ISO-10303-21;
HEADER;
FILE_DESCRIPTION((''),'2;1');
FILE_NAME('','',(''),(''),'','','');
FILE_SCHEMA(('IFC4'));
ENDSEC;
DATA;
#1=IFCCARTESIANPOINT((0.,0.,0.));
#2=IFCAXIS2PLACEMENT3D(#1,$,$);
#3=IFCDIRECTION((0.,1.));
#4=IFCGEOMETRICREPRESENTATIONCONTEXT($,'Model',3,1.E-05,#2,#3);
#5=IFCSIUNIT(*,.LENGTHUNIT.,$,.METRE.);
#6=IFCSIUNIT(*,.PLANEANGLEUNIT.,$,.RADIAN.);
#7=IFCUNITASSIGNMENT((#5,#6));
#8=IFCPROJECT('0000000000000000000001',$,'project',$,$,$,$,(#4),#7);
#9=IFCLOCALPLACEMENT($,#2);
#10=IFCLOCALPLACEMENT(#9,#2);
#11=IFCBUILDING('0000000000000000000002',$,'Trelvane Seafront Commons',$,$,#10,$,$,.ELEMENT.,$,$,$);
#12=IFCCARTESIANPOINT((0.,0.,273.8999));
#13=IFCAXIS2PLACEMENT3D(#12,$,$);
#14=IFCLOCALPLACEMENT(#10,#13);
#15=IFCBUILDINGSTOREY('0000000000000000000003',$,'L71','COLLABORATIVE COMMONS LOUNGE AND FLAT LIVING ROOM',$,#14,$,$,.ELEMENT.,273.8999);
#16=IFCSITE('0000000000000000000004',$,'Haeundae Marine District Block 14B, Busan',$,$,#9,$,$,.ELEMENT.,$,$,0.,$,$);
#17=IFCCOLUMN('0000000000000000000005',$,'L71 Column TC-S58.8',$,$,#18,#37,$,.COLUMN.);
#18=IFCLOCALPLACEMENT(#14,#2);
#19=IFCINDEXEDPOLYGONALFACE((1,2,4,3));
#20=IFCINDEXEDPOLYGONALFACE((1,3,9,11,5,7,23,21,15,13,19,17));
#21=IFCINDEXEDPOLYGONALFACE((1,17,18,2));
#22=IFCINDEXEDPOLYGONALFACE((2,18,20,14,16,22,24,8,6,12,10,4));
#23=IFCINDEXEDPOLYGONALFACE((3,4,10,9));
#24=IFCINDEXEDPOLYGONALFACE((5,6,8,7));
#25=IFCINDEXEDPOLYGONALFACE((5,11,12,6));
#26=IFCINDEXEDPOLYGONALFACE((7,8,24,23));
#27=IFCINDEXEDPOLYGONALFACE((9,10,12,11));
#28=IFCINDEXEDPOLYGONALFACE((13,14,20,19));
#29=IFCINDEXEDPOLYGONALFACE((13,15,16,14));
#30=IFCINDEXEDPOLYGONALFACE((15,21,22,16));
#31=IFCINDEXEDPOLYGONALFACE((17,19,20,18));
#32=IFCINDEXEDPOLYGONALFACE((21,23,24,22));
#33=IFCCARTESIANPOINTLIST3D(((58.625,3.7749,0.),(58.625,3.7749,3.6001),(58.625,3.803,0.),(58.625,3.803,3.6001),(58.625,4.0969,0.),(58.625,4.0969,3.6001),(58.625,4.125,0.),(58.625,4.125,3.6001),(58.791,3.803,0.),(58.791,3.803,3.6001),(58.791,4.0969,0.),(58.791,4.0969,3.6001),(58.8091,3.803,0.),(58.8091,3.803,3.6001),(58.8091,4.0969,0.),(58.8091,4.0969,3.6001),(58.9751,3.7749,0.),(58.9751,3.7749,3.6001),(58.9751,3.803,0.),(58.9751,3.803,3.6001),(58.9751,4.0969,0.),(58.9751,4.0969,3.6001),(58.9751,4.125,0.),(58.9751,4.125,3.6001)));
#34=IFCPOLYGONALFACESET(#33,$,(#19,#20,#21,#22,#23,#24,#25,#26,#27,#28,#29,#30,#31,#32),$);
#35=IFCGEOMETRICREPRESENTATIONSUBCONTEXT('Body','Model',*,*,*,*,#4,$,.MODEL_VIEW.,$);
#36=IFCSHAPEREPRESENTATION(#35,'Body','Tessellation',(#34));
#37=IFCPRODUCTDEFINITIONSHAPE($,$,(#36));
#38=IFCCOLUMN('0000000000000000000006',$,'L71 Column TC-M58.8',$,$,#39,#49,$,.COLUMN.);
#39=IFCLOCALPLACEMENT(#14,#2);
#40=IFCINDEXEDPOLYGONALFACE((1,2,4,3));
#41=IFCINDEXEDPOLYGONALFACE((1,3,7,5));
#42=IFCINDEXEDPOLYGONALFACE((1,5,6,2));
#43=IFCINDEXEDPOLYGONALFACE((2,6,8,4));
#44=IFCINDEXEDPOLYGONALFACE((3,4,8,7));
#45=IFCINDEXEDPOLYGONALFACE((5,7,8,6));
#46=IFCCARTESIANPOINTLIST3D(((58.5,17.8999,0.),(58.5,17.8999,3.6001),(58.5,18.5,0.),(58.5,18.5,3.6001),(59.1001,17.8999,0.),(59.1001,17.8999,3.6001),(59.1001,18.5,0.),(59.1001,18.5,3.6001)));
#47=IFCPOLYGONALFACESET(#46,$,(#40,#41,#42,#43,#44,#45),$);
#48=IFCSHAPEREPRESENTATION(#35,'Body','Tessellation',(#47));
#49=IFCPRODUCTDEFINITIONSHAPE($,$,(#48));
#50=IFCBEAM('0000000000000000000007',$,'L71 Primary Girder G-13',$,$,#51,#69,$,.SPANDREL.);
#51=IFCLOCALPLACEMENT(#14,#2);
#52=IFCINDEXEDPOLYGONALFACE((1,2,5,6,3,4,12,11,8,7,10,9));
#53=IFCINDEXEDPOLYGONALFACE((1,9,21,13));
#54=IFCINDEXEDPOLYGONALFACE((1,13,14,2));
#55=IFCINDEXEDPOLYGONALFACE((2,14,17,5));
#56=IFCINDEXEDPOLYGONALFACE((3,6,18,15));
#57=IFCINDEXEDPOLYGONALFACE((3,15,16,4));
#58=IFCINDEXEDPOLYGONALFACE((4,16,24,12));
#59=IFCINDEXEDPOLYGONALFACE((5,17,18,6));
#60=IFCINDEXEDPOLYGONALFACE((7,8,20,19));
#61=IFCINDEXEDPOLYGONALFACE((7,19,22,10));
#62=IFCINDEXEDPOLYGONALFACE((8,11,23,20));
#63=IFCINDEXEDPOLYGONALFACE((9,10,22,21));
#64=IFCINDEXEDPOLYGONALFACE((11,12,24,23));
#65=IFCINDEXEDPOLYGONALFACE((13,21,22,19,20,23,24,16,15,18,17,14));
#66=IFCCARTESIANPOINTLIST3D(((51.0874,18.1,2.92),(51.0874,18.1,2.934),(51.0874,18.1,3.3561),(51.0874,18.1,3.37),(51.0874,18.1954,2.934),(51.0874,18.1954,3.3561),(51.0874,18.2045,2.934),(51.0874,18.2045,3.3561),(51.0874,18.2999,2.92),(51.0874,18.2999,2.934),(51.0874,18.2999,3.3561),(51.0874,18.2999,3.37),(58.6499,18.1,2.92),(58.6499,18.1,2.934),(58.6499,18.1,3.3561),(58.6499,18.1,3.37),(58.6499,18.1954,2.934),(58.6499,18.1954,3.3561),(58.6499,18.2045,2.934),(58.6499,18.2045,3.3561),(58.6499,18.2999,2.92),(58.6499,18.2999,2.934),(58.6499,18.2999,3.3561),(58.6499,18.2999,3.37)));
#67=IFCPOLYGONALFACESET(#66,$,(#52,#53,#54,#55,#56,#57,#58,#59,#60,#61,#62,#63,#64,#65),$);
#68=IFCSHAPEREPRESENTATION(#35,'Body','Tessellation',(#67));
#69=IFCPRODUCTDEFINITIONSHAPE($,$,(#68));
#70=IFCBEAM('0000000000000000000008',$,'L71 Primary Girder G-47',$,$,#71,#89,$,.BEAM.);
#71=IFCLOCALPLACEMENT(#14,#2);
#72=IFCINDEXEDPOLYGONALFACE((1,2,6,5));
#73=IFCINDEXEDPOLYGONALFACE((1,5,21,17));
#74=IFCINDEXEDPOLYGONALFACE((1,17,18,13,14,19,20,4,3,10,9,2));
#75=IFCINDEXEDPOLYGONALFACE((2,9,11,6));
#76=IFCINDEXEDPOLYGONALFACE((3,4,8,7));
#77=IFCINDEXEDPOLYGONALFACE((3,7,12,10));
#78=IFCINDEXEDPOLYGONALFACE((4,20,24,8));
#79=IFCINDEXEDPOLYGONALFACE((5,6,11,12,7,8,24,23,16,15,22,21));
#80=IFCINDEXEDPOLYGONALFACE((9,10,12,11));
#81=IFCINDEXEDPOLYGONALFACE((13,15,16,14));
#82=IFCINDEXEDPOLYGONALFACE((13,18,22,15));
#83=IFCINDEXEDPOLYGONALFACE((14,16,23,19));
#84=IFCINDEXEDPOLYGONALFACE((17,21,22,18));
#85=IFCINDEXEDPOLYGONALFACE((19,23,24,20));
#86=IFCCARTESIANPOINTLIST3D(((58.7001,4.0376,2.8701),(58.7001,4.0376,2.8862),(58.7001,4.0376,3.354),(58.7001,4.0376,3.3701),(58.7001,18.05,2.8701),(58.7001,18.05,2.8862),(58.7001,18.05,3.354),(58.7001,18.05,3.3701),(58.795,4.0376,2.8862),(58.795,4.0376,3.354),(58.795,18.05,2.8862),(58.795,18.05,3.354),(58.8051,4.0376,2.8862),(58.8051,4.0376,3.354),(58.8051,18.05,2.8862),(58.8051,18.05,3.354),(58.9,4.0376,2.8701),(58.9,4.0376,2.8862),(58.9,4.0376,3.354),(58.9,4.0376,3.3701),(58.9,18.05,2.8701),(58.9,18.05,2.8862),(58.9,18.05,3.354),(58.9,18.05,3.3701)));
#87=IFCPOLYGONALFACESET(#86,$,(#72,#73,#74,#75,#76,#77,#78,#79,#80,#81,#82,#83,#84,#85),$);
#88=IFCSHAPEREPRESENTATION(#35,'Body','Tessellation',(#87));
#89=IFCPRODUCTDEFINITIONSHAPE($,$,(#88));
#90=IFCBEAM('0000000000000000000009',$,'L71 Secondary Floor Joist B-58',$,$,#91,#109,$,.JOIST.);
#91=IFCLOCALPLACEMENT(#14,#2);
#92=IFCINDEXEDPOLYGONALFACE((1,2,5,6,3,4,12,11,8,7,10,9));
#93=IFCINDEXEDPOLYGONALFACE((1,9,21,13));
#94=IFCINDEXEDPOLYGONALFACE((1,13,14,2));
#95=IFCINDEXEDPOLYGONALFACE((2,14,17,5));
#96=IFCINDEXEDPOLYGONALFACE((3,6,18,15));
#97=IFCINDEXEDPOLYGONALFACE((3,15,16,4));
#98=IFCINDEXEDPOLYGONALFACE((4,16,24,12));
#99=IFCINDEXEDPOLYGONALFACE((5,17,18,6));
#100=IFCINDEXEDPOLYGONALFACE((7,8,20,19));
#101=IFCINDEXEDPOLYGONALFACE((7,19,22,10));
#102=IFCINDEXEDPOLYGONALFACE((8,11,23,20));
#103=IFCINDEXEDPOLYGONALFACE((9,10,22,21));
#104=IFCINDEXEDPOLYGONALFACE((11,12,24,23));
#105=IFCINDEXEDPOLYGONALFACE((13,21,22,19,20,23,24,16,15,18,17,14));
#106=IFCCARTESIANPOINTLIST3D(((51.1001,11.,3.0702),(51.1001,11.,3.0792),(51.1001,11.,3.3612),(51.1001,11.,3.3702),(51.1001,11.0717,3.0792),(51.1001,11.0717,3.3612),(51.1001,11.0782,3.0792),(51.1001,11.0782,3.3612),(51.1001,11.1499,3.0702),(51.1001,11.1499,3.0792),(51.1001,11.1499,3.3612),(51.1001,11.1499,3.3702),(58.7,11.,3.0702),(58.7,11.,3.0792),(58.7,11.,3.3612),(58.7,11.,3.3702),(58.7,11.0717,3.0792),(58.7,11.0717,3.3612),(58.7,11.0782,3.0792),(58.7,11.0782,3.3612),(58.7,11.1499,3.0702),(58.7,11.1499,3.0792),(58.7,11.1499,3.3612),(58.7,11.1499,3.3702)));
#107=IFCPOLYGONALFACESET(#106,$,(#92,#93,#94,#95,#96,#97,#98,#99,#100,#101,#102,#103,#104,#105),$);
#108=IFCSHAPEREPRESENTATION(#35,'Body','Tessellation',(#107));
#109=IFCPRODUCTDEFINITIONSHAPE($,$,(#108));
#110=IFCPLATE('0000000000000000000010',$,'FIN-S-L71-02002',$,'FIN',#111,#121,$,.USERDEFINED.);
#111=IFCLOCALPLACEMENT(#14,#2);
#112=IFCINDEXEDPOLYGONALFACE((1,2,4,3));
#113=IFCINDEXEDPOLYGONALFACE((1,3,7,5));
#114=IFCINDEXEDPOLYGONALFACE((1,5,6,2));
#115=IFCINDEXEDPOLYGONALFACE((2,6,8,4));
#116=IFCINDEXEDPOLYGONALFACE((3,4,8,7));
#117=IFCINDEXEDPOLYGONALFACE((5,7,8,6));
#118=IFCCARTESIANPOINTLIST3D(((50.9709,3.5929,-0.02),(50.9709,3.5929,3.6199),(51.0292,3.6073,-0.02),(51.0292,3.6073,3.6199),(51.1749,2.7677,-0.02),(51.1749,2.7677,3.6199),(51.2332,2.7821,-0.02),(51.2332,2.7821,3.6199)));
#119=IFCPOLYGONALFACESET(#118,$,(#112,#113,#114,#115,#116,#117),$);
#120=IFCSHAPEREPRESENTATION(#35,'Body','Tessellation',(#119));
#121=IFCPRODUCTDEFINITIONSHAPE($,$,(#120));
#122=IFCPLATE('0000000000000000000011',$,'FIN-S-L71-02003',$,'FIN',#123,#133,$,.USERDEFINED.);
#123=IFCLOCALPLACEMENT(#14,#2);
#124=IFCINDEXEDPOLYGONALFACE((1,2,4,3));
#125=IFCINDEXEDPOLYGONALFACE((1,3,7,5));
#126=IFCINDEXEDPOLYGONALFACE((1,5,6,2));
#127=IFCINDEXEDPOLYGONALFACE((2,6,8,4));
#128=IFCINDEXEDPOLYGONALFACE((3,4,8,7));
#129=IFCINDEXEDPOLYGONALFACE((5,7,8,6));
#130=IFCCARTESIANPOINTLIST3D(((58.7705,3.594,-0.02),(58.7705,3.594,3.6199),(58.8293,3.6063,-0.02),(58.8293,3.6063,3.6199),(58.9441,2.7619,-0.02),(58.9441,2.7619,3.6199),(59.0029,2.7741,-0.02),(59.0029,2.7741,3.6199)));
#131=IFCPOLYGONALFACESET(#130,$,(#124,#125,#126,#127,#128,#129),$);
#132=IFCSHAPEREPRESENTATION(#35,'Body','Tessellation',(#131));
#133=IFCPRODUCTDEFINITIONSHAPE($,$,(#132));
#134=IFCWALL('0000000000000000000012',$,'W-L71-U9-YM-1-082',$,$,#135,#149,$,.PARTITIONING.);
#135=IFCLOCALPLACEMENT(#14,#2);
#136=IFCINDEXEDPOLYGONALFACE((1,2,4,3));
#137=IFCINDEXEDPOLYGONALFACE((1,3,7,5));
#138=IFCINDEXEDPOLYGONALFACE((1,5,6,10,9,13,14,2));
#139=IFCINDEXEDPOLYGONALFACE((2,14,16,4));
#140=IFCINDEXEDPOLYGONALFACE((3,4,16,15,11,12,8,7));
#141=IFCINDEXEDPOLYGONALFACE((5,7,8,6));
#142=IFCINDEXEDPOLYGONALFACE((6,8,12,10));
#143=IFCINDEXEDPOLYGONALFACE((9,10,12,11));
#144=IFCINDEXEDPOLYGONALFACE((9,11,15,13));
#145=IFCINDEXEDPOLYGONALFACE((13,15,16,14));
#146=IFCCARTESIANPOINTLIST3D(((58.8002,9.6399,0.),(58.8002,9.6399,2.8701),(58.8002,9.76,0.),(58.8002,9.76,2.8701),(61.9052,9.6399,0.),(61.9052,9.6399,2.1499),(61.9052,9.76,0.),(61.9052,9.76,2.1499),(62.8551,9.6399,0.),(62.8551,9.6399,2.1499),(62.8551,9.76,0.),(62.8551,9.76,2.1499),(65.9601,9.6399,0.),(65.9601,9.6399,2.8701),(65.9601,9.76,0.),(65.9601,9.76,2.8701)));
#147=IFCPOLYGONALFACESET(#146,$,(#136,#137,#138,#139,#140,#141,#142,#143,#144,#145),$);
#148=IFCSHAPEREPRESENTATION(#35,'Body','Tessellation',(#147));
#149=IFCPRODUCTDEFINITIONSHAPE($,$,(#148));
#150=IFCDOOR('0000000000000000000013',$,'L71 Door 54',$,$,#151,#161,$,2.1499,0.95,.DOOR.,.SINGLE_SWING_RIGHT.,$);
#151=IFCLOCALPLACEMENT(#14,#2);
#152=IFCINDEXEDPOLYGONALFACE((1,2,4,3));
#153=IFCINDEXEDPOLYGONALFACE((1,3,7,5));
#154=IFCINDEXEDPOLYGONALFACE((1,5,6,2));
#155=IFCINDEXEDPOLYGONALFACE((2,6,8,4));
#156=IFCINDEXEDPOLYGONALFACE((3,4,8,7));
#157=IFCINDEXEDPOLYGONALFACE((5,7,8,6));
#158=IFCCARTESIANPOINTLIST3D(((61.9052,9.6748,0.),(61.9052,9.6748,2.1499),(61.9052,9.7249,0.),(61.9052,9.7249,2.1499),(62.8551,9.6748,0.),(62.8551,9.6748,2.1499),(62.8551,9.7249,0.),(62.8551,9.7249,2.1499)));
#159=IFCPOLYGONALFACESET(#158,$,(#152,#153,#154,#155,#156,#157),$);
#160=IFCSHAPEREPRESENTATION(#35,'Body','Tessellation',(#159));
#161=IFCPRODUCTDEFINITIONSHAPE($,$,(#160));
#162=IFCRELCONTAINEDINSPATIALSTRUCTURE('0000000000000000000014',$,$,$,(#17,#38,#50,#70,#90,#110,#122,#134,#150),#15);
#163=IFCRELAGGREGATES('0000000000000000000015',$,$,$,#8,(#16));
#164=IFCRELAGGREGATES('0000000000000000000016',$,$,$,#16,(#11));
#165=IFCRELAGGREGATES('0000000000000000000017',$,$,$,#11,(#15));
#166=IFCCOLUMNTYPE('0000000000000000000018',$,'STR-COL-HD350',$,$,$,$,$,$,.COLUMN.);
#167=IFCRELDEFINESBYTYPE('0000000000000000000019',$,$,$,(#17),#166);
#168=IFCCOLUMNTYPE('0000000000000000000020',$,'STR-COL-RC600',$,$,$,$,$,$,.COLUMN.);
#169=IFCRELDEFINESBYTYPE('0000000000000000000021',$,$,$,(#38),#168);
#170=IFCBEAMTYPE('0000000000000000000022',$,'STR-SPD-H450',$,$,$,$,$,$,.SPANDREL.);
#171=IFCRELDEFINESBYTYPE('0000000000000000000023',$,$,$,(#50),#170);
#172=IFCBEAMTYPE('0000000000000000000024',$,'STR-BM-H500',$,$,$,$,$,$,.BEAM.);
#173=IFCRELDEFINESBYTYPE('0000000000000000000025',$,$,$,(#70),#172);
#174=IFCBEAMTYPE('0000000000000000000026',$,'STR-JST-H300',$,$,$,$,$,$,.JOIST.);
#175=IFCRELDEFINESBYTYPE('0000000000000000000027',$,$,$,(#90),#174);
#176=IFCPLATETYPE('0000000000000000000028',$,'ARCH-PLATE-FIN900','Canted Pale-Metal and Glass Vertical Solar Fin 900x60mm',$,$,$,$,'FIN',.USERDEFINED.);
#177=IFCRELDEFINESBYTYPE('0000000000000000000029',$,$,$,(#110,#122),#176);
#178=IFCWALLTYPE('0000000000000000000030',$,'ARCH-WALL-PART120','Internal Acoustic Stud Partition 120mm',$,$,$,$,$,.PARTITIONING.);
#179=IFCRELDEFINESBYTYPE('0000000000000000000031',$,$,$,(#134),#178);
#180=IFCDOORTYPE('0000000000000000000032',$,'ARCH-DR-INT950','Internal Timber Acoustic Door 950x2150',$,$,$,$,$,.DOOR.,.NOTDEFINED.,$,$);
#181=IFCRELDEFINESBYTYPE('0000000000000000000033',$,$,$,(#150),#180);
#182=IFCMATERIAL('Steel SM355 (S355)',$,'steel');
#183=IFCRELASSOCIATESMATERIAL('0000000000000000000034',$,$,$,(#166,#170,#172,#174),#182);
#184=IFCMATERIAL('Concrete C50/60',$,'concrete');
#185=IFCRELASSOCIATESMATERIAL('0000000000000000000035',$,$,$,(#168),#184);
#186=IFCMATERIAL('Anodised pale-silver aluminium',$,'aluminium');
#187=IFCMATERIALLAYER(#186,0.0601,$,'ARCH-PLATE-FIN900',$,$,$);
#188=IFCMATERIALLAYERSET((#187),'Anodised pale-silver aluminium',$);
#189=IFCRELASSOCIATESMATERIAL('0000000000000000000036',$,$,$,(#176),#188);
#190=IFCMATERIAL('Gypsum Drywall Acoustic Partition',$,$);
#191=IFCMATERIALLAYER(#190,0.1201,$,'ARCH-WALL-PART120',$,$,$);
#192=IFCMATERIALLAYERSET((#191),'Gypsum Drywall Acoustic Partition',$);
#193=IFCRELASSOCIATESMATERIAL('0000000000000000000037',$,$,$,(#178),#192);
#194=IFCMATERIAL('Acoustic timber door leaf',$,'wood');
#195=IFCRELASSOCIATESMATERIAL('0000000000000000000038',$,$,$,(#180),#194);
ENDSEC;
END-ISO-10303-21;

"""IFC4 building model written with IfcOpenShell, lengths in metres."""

from ifc_helpers import new_model, si_unit, direction, frame, frame_2d, origin, origin_2d, place, context, subcontext, project, spatial, rectangle, i_section, extrude, source, transform, mapped, material, layer, layer_set, material_profile, profile_set, type_object, element, fill, save


model = new_model("IFC4")

# Units and contexts
model_context = context("Model", 3, precision=1e-05, world=origin(), true_north=direction((0.0, 1.0)))
body_context = subcontext(model_context, "Body", "Model", "MODEL_VIEW")
ifc_project = project(units=[si_unit("LENGTHUNIT", "METRE"), si_unit("PLANEANGLEUNIT", "RADIAN")], contexts=[model_context])

# Site, building, storey
site_placement = place(None, origin())
site = spatial("IfcSite", under=ifc_project, at=site_placement, Name="Haeundae Marine District Block 14B, Busan", CompositionType="ELEMENT", RefElevation=0.0)
building_placement = place(site_placement, origin())
building = spatial("IfcBuilding", under=site, at=building_placement, Name="Trelvane Seafront Commons", CompositionType="ELEMENT")
storey_placement = place(building_placement, frame((0.0, 0.0, 273.8999)))
storey = spatial("IfcBuildingStorey", under=building, at=storey_placement, Name="L71", Description="COLLABORATIVE COMMONS LOUNGE AND FLAT LIVING ROOM", CompositionType="ELEMENT", Elevation=273.8999)

# Columns
ifc_material_1 = material(Name="Steel SM355 (S355)", Category="steel")
ifc_material_profile_1 = material_profile(ifc_material_1, i_section(OverallWidth=0.3501, OverallDepth=0.3501, WebThickness=0.0181, FlangeThickness=0.0281, at=origin_2d()), Name="HD-350x350x18x28")
ifc_profile_set_1 = profile_set([ifc_material_profile_1], Name="Steel SM355 (S355)")
column_type_1 = type_object("IfcColumnType", Name="STR-COL-HD350", PredefinedType="COLUMN", material=ifc_profile_set_1)
shared_shape_1 = source(origin(), body_context, "Body", "SweptSolid", [
    extrude(i_section(OverallWidth=0.3501, OverallDepth=0.3501, WebThickness=0.0181, FlangeThickness=0.0281, at=origin_2d()), origin(), (0.0, 0.0, 1.0), 3.6001),
])
column_1_placement = place(storey_placement, frame((58.8, 3.95, 0.0), z_axis=(0.0, 0.0, 1.0), x_axis=(1.0, 0.0, 0.0)))
element("IfcColumn", 1, at=column_1_placement, inside=storey, type_object=column_type_1, Name="L71 Column TC-S58.8", PredefinedType="COLUMN", context=body_context, shape_type="MappedRepresentation", body=[
    mapped(shared_shape_1, transform((0.0, 0.0, 0.0), x_axis=(1.0, 0.0, 0.0), y_axis=(0.0, 1.0, 0.0), z_axis=(0.0, 0.0, 1.0), scale=1.0)),
])
ifc_material_2 = material(Name="Concrete C50/60", Category="concrete")
ifc_material_profile_2 = material_profile(ifc_material_2, rectangle(XDim=0.6001, YDim=0.6001, at=origin_2d()), Name="RC-600x600")
ifc_profile_set_2 = profile_set([ifc_material_profile_2], Name="Concrete C50/60")
column_type_2 = type_object("IfcColumnType", Name="STR-COL-RC600", PredefinedType="COLUMN", material=ifc_profile_set_2)
shared_shape_2 = source(origin(), body_context, "Body", "SweptSolid", [
    extrude(rectangle(XDim=0.6001, YDim=0.6001, at=origin_2d()), origin(), (0.0, 0.0, 1.0), 3.6001),
])
column_2_placement = place(storey_placement, frame((58.8, 18.2, 0.0), z_axis=(0.0, 0.0, 1.0), x_axis=(1.0, 0.0, 0.0)))
element("IfcColumn", 2, at=column_2_placement, inside=storey, type_object=column_type_2, Name="L71 Column TC-M58.8", PredefinedType="COLUMN", context=body_context, shape_type="MappedRepresentation", body=[
    mapped(shared_shape_2, transform((0.0, 0.0, 0.0), x_axis=(1.0, 0.0, 0.0), y_axis=(0.0, 1.0, 0.0), z_axis=(0.0, 0.0, 1.0), scale=1.0)),
])

# Beams
ifc_material_profile_3 = material_profile(ifc_material_1, i_section(OverallWidth=0.2, OverallDepth=0.45, WebThickness=0.009, FlangeThickness=0.0139, at=origin_2d()), Name="H-450x200x9x14")
ifc_profile_set_3 = profile_set([ifc_material_profile_3], Name="Steel SM355 (S355)")
beam_type_1 = type_object("IfcBeamType", Name="STR-SPD-H450", PredefinedType="SPANDREL", material=ifc_profile_set_3)
shared_shape_3 = source(origin(), body_context, "Body", "SweptSolid", [
    extrude(i_section(OverallWidth=0.2, OverallDepth=0.45, WebThickness=0.009, FlangeThickness=0.0139, at=origin_2d()), origin(), (0.0, 0.0, 1.0), 7.5625),
])
beam_1_placement = place(storey_placement, frame((51.0874, 18.2, 3.145), z_axis=(1.0, 0.0, 0.0), x_axis=(0.0, 1.0, 0.0)))
element("IfcBeam", 3, at=beam_1_placement, inside=storey, type_object=beam_type_1, Name="L71 Primary Girder G-13", PredefinedType="SPANDREL", context=body_context, shape_type="MappedRepresentation", body=[
    mapped(shared_shape_3, transform((0.0, 0.0, 0.0), x_axis=(1.0, 0.0, 0.0), y_axis=(0.0, 1.0, 0.0), z_axis=(0.0, 0.0, 1.0), scale=1.0)),
])
ifc_material_profile_4 = material_profile(ifc_material_1, i_section(OverallWidth=0.2, OverallDepth=0.5, WebThickness=0.01, FlangeThickness=0.0161, at=origin_2d()), Name="H-500x200x10x16")
ifc_profile_set_4 = profile_set([ifc_material_profile_4], Name="Steel SM355 (S355)")
beam_type_2 = type_object("IfcBeamType", Name="STR-BM-H500", PredefinedType="BEAM", material=ifc_profile_set_4)
shared_shape_4 = source(origin(), body_context, "Body", "SweptSolid", [
    extrude(i_section(OverallWidth=0.2, OverallDepth=0.5, WebThickness=0.01, FlangeThickness=0.0161, at=origin_2d()), origin(), (0.0, 0.0, 1.0), 14.0125),
])
beam_2_placement = place(storey_placement, frame((58.8, 4.0376, 3.1201), z_axis=(0.0, 1.0, 0.0), x_axis=(-1.0, 0.0, 0.0)))
element("IfcBeam", 4, at=beam_2_placement, inside=storey, type_object=beam_type_2, Name="L71 Primary Girder G-47", PredefinedType="BEAM", context=body_context, shape_type="MappedRepresentation", body=[
    mapped(shared_shape_4, transform((0.0, 0.0, 0.0), x_axis=(1.0, 0.0, 0.0), y_axis=(0.0, 1.0, 0.0), z_axis=(0.0, 0.0, 1.0), scale=1.0)),
])
ifc_material_profile_5 = material_profile(ifc_material_1, i_section(OverallWidth=0.1499, OverallDepth=0.3, WebThickness=0.0066, FlangeThickness=0.009, at=origin_2d()), Name="H-300x150x6.5x9")
ifc_profile_set_5 = profile_set([ifc_material_profile_5], Name="Steel SM355 (S355)")
beam_type_3 = type_object("IfcBeamType", Name="STR-JST-H300", PredefinedType="JOIST", material=ifc_profile_set_5)
shared_shape_5 = source(origin(), body_context, "Body", "SweptSolid", [
    extrude(i_section(OverallWidth=0.1499, OverallDepth=0.3, WebThickness=0.0066, FlangeThickness=0.009, at=origin_2d()), origin(), (0.0, 0.0, 1.0), 7.5999),
])
beam_3_placement = place(storey_placement, frame((51.1001, 11.075, 3.2202), z_axis=(1.0, 0.0, 0.0), x_axis=(0.0, 1.0, 0.0)))
element("IfcBeam", 5, at=beam_3_placement, inside=storey, type_object=beam_type_3, Name="L71 Secondary Floor Joist B-58", PredefinedType="JOIST", context=body_context, shape_type="MappedRepresentation", body=[
    mapped(shared_shape_5, transform((0.0, 0.0, 0.0), x_axis=(1.0, 0.0, 0.0), y_axis=(0.0, 1.0, 0.0), z_axis=(0.0, 0.0, 1.0), scale=1.0)),
])

# Plates
ifc_material_3 = material(Name="Anodised pale-silver aluminium", Category="aluminium")
ifc_layer_1 = layer(ifc_material_3, 0.0601, Name="ARCH-PLATE-FIN900")
ifc_layer_set_1 = layer_set([ifc_layer_1], Name="Anodised pale-silver aluminium")
plate_type = type_object("IfcPlateType", Name="ARCH-PLATE-FIN900", Description="Canted Pale-Metal and Glass Vertical Solar Fin 900x60mm", ElementType="FIN", PredefinedType="USERDEFINED", material=ifc_layer_set_1)
shared_shape_6 = source(origin(), body_context, "Body", "SweptSolid", [
    extrude(rectangle(XDim=0.8501, YDim=0.0601, at=origin_2d()), origin(), (0.0, 0.0, 1.0), 3.6399),
])
for number, where, z_axis, x_axis, name in (
    (6, (51.1021, 3.1875, -0.02), (0.0, 0.0, 1.0), (0.239877, -0.970803, 0.0), "FIN-S-L71-02002"),
    (7, (58.8867, 3.1841, -0.02), (0.0, 0.0, 1.0), (0.204231, -0.978923, 0.0), "FIN-S-L71-02003"),
):
    element("IfcPlate", number, at=place(storey_placement, frame(where, z_axis=z_axis, x_axis=x_axis)), inside=storey, type_object=plate_type, Name=name, ObjectType="FIN", PredefinedType="USERDEFINED", context=body_context, shape_type="MappedRepresentation", body=[
        mapped(shared_shape_6, transform((0.0, 0.0, 0.0), x_axis=(1.0, 0.0, 0.0), y_axis=(0.0, 1.0, 0.0), z_axis=(0.0, 0.0, 1.0), scale=1.0)),
    ])

# Wall, opening, door
ifc_material_4 = material(Name="Gypsum Drywall Acoustic Partition")
ifc_layer_2 = layer(ifc_material_4, 0.1201, Name="ARCH-WALL-PART120")
ifc_layer_set_2 = layer_set([ifc_layer_2], Name="Gypsum Drywall Acoustic Partition")
wall_type_1 = type_object("IfcWallType", Name="ARCH-WALL-PART120", Description="Internal Acoustic Stud Partition 120mm", PredefinedType="PARTITIONING", material=ifc_layer_set_2)
wall_1_placement = place(storey_placement, frame((58.8, 9.7, 0.0), z_axis=(0.0, 0.0, 1.0), x_axis=(1.0, 0.0, 0.0)))
wall_1 = element("IfcWall", 8, at=wall_1_placement, inside=storey, type_object=wall_type_1, Name="W-L71-U9-YM-1-082", PredefinedType="PARTITIONING", context=body_context, shape_type="SweptSolid", body=[
    extrude(rectangle(XDim=7.1599, YDim=0.1201, at=frame_2d((3.5801, 0.0))), origin(), (0.0, 0.0, 1.0), 2.8701),
])
opening_placement = place(wall_1_placement, frame((3.105, 0.0, 0.0)))
opening = element("IfcOpeningElement", 9, at=opening_placement, cuts=wall_1, PredefinedType="OPENING", context=body_context, shape_type="SweptSolid", body=[
    extrude(rectangle(XDim=0.95, YDim=2.1499, at=frame_2d((0.4751, 1.075))), frame((0.0, 0.0701, 0.0), z_axis=(0.0, -1.0, 0.0), x_axis=(1.0, 0.0, 0.0)), (0.0, 0.0, 1.0), 0.1401),
])
ifc_material_5 = material(Name="Acoustic timber door leaf", Category="wood")
door_type = type_object("IfcDoorType", Name="ARCH-DR-INT950", Description="Internal Timber Acoustic Door 950x2150", OperationType="NOTDEFINED", PredefinedType="DOOR", material=ifc_material_5)
shared_shape_7 = source(origin(), body_context, "Body", "SweptSolid", [
    extrude(rectangle(XDim=0.95, YDim=2.1499, at=frame_2d((0.4751, 1.075))), frame((0.0, 0.0249, 0.0), z_axis=(0.0, -1.0, 0.0), x_axis=(1.0, 0.0, 0.0)), (0.0, 0.0, 1.0), 0.05),
])
door_placement = place(opening_placement, origin())
door = element("IfcDoor", 10, at=door_placement, inside=storey, type_object=door_type, Name="L71 Door 54", OperationType="SINGLE_SWING_RIGHT", OverallHeight=2.1499, OverallWidth=0.95, PredefinedType="DOOR", context=body_context, shape_type="MappedRepresentation", body=[
    mapped(shared_shape_7, transform((0.0, 0.0, 0.0), x_axis=(1.0, 0.0, 0.0), y_axis=(0.0, 1.0, 0.0), z_axis=(0.0, 0.0, 1.0), scale=1.0)),
])
fill(opening, door)

save(model, "model.ifc")
